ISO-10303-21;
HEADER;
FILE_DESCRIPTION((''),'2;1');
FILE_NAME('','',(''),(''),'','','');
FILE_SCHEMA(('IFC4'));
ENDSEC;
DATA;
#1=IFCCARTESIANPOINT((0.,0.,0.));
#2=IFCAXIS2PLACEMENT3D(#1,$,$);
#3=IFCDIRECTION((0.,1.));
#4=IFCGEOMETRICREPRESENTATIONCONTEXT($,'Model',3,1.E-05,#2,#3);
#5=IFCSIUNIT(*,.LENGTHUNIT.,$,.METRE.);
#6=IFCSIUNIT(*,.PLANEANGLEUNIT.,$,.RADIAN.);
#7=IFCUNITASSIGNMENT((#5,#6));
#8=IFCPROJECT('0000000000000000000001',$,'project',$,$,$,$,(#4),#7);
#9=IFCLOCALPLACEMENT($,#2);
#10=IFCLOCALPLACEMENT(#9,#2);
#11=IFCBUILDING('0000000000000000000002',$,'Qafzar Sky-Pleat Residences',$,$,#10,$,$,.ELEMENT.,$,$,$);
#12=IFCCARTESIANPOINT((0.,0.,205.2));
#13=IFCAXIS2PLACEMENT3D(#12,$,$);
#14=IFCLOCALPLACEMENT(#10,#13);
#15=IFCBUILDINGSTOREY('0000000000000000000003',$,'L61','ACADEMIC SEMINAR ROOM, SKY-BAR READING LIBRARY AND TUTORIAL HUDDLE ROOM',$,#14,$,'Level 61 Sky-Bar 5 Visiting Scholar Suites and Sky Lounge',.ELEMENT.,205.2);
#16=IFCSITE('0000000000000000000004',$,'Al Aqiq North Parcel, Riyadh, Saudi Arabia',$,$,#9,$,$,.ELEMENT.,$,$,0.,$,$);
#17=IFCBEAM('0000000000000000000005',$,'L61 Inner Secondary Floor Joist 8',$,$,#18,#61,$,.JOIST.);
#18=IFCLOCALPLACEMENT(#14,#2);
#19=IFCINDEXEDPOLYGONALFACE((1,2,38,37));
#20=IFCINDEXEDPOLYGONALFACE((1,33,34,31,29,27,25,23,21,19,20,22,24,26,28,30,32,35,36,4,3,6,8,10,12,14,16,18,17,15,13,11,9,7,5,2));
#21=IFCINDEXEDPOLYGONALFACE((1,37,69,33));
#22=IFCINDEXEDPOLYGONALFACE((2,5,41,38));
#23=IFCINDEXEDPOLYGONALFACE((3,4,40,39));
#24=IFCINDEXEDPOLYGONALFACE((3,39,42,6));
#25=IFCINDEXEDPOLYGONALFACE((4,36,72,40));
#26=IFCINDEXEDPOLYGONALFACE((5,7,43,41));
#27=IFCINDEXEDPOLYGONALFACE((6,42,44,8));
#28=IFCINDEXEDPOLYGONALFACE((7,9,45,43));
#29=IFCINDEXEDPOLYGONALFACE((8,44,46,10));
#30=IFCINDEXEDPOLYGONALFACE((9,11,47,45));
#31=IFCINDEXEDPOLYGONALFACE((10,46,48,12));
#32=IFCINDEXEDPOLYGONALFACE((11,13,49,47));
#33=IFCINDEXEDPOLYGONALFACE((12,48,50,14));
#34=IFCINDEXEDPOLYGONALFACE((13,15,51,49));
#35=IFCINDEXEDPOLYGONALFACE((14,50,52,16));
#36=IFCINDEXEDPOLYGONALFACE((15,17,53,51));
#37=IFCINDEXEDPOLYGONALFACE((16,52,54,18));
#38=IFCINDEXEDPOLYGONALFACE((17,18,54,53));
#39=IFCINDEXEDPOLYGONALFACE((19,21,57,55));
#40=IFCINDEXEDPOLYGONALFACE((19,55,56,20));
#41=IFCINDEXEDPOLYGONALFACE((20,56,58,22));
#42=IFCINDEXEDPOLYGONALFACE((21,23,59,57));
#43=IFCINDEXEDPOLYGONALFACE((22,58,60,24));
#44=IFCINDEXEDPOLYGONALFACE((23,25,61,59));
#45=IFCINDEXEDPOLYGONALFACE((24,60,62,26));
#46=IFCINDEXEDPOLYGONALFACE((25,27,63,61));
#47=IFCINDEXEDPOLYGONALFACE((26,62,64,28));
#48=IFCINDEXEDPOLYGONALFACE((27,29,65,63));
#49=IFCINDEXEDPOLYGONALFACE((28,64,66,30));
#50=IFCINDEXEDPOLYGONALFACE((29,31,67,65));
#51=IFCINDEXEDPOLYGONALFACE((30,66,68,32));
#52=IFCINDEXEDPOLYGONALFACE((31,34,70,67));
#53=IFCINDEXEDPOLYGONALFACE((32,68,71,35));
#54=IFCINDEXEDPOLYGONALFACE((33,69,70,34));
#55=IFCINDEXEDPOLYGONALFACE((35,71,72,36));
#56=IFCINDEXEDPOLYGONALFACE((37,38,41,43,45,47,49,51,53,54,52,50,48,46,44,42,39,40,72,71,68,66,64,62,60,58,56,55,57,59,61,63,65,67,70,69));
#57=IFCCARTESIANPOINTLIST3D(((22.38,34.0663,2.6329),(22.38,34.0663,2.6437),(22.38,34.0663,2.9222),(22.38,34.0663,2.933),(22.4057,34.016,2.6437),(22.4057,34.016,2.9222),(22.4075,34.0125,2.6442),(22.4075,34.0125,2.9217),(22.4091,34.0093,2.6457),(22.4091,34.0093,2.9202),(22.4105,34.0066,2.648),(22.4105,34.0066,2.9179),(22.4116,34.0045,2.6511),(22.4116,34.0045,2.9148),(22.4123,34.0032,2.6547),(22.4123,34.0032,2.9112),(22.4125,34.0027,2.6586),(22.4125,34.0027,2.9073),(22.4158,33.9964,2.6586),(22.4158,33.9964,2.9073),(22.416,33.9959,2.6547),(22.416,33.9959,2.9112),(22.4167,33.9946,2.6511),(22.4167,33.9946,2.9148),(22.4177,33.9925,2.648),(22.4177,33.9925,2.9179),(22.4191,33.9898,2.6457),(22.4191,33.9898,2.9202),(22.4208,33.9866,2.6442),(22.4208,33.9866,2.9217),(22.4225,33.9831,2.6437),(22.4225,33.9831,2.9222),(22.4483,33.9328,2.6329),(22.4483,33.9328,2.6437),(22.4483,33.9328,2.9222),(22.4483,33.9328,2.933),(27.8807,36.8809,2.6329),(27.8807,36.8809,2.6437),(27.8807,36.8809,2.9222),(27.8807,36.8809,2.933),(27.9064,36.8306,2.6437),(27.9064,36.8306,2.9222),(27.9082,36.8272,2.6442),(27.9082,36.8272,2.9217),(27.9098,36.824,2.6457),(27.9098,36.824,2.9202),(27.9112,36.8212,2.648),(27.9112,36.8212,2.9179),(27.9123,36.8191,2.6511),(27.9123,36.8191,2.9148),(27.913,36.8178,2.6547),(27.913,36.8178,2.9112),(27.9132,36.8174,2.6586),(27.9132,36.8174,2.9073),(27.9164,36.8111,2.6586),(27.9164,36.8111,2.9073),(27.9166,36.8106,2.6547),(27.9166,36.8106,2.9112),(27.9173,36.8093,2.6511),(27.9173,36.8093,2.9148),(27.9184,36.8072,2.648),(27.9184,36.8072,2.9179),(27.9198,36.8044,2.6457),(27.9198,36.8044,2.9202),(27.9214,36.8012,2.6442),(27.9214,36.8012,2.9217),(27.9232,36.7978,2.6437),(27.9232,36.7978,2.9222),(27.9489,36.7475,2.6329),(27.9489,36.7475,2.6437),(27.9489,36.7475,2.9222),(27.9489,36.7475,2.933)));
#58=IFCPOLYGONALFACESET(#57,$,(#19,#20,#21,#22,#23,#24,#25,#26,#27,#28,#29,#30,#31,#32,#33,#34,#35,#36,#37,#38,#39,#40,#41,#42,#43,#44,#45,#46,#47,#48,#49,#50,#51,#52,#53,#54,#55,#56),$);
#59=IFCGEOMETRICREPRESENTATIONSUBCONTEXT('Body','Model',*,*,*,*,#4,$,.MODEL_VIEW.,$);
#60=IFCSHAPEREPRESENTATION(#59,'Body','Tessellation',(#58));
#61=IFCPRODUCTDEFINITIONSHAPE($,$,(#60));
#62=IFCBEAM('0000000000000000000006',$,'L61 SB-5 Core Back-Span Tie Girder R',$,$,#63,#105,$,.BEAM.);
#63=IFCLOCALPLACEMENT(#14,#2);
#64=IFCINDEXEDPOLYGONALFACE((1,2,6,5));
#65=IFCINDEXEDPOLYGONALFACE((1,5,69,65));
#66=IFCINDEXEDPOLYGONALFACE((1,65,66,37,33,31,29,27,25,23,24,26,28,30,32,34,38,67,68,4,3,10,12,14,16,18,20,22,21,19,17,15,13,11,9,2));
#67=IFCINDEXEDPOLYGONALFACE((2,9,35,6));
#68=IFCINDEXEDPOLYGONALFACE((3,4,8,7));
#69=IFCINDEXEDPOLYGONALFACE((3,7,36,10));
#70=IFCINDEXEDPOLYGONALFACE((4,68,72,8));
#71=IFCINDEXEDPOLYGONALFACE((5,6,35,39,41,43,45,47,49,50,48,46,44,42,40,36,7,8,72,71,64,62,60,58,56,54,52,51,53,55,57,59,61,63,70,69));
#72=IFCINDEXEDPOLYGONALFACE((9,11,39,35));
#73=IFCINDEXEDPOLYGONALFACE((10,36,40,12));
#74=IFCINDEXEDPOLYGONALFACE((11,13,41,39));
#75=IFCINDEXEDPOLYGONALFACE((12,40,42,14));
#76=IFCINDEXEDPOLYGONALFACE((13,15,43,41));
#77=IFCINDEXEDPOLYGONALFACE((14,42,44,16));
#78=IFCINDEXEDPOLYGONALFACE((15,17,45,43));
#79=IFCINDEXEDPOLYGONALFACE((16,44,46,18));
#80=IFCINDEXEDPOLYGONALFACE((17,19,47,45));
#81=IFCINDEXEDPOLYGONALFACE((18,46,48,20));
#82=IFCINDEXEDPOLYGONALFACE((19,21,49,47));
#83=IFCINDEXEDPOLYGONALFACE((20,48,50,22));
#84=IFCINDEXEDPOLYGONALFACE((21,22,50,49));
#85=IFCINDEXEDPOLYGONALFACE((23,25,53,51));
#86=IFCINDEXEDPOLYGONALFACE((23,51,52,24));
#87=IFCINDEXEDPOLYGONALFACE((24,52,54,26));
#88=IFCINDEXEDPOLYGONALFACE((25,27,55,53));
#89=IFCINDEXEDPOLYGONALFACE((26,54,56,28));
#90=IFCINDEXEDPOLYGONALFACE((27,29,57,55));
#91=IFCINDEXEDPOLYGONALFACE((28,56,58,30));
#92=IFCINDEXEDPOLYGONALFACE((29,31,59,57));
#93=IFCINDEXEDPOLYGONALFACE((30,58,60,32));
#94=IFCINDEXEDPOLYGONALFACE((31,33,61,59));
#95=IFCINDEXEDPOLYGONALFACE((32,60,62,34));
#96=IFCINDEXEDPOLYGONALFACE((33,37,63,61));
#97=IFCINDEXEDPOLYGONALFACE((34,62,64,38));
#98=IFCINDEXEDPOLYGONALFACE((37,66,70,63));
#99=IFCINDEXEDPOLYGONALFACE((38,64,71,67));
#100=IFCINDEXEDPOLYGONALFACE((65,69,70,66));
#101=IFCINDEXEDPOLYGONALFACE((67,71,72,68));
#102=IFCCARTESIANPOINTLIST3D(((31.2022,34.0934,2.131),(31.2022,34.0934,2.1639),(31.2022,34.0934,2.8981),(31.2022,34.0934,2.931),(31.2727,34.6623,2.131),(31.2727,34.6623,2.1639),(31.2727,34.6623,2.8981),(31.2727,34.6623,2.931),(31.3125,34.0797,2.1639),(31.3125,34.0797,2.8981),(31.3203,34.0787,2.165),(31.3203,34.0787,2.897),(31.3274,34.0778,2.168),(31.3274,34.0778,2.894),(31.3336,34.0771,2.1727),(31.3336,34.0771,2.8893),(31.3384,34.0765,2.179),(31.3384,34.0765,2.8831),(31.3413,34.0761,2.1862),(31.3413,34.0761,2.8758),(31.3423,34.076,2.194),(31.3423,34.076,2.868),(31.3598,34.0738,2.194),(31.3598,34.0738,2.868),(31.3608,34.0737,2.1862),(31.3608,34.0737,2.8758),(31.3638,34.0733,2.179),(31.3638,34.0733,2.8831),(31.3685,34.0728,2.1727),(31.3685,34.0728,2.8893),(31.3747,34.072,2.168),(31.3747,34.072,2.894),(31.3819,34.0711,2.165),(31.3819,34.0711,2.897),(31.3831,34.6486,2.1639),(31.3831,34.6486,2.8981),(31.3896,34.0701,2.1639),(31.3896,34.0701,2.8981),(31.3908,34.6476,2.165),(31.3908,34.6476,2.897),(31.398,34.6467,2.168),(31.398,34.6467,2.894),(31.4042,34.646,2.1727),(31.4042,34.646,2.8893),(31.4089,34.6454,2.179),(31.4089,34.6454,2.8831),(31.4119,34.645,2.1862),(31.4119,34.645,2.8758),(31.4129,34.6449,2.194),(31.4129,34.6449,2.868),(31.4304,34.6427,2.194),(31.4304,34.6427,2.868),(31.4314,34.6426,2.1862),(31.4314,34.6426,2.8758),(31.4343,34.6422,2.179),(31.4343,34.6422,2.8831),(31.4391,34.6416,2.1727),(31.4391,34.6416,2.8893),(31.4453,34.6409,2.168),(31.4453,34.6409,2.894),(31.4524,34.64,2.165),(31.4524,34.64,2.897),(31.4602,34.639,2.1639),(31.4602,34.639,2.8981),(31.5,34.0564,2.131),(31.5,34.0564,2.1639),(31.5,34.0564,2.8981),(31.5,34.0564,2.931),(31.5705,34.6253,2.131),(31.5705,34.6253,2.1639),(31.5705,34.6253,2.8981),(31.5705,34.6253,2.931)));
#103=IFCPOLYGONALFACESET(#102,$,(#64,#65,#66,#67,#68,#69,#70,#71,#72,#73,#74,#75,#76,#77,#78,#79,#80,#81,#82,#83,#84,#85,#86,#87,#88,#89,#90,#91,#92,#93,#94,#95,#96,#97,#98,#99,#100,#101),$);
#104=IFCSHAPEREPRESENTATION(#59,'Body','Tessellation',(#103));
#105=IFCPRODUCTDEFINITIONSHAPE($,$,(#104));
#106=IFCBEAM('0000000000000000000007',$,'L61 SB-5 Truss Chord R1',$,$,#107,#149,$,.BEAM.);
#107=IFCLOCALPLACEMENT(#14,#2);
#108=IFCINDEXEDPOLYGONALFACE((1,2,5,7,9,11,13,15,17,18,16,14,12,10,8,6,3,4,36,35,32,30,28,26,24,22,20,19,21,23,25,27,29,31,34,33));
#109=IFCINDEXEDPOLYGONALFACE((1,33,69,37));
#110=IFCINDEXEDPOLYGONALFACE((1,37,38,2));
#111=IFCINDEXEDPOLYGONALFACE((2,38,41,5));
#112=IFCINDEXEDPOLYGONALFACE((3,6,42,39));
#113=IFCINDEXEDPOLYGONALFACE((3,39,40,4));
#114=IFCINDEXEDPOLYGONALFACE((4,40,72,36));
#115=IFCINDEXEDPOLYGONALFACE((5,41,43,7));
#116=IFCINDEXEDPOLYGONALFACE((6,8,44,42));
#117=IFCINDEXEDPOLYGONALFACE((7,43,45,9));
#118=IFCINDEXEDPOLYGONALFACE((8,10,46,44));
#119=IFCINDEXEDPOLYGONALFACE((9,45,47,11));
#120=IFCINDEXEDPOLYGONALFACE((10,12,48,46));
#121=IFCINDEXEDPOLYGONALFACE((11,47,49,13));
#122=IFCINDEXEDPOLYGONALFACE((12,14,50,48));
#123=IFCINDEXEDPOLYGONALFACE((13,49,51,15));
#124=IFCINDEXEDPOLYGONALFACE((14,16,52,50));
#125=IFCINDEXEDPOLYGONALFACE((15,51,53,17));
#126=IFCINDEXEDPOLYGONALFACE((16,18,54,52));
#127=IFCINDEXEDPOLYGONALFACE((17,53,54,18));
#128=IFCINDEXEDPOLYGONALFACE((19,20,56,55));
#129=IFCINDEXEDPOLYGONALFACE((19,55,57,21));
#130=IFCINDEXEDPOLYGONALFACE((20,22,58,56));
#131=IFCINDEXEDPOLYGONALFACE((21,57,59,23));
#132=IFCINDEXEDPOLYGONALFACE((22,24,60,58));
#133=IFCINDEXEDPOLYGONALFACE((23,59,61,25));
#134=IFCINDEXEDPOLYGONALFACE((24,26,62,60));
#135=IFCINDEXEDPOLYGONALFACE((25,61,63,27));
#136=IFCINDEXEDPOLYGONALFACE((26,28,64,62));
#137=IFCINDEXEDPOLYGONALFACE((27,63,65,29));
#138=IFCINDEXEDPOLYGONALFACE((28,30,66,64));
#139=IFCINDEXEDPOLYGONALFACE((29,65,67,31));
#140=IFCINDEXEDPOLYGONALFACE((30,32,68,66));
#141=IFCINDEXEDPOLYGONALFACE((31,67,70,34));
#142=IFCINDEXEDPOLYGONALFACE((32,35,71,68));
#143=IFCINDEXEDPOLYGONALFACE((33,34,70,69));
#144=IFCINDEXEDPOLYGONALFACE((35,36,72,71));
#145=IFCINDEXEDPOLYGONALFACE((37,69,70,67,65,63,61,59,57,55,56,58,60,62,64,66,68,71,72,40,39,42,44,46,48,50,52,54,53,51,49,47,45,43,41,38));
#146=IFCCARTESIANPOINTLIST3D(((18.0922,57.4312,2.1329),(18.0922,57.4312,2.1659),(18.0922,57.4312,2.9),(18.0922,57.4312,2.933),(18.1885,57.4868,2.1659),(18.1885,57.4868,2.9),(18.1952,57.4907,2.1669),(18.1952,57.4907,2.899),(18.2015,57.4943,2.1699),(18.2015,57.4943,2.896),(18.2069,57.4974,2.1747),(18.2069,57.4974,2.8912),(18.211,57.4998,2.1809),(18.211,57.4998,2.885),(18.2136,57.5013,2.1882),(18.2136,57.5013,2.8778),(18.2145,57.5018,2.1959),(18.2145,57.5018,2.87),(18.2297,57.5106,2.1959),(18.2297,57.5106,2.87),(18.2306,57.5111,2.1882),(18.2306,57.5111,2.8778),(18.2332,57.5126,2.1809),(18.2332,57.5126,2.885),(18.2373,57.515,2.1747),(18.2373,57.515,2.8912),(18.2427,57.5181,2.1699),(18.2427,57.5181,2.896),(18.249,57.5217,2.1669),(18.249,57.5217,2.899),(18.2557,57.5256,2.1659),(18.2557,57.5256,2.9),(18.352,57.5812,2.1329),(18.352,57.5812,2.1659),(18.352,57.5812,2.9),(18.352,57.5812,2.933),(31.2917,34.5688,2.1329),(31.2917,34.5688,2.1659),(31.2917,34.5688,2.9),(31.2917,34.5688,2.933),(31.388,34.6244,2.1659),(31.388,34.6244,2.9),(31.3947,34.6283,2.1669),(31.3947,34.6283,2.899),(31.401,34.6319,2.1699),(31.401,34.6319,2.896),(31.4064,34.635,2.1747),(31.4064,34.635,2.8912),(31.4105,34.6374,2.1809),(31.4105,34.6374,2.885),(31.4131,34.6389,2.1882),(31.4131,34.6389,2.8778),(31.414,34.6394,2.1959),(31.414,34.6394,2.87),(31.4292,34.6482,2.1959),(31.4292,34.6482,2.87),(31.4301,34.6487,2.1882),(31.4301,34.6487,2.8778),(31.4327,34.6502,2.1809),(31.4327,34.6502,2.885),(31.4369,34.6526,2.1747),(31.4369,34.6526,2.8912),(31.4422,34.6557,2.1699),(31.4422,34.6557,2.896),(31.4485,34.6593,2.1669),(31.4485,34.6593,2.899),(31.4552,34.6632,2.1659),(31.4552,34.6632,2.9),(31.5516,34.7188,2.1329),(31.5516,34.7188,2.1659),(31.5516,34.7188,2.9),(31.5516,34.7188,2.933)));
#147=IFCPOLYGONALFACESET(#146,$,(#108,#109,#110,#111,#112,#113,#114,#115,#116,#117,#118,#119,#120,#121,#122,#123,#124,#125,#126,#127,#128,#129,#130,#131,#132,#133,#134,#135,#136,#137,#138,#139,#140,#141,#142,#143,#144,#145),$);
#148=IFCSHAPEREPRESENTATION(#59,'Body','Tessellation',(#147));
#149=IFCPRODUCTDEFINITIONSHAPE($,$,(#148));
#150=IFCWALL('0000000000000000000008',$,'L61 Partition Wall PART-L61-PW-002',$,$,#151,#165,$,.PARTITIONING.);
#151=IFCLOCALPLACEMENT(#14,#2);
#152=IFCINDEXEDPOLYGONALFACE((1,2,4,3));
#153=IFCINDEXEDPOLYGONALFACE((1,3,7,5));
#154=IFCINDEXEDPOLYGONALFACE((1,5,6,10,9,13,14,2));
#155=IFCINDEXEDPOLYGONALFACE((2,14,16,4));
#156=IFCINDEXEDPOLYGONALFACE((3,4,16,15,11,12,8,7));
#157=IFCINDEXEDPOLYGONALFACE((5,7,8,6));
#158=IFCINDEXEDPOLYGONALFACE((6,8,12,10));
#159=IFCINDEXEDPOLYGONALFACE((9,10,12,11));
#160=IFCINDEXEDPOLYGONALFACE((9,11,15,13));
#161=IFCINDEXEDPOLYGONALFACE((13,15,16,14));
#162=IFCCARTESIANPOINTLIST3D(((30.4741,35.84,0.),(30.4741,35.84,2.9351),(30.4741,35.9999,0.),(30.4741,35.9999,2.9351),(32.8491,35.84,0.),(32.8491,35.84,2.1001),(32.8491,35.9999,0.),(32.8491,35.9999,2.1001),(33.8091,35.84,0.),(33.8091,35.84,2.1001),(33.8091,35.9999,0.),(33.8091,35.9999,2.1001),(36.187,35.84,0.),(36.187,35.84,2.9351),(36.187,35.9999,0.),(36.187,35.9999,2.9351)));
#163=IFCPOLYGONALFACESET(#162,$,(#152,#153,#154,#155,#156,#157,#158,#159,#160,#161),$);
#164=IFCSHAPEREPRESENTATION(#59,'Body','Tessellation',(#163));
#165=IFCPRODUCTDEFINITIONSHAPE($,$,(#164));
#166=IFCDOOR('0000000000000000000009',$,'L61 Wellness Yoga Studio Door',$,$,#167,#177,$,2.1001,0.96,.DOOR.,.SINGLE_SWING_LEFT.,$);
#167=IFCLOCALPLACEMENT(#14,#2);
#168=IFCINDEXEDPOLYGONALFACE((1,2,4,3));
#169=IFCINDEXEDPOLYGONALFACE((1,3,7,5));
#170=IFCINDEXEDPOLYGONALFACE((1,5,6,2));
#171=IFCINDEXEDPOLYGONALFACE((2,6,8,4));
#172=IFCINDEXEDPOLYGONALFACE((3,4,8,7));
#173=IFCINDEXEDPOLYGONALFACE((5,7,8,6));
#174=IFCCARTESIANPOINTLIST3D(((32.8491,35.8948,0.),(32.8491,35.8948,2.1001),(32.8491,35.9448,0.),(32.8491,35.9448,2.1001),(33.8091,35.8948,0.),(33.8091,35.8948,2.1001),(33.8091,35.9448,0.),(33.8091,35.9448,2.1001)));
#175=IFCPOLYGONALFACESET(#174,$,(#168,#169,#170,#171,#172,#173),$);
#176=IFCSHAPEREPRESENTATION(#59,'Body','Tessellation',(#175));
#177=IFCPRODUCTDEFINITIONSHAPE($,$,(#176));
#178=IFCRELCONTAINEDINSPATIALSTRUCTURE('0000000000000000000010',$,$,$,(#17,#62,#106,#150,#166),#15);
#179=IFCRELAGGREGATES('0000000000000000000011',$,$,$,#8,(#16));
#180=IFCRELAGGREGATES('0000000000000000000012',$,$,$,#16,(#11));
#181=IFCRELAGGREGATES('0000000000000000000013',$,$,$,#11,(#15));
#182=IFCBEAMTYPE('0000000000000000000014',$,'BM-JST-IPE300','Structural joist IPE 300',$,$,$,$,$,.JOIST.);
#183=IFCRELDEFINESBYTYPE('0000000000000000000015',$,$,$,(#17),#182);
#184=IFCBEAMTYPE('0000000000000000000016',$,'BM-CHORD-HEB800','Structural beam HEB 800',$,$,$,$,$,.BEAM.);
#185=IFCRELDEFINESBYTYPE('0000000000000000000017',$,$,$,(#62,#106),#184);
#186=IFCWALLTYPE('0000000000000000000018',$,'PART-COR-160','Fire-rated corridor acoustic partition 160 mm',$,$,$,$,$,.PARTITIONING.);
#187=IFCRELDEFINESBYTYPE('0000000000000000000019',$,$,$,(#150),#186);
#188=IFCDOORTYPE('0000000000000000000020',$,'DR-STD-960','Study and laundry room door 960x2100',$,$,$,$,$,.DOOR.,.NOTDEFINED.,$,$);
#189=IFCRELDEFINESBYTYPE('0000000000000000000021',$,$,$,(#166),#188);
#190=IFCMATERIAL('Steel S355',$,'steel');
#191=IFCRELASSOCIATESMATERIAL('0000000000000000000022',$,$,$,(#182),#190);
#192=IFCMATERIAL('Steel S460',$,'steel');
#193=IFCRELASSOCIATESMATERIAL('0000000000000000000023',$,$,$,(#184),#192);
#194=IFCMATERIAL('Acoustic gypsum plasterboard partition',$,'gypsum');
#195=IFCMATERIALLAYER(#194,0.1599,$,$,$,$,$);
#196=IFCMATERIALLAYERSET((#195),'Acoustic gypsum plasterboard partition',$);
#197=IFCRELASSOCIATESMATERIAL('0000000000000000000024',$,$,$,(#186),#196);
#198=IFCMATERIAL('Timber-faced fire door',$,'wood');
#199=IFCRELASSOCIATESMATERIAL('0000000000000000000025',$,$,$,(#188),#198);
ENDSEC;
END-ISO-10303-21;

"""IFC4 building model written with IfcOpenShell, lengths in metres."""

from ifc_helpers import new_model, si_unit, direction, frame, frame_2d, origin, origin_2d, place, context, subcontext, project, spatial, rectangle, i_section, extrude, source, transform, mapped, material, layer, layer_set, material_profile, profile_set, type_object, element, fill, save


model = new_model("IFC4")

# Units and contexts
model_context = context("Model", 3, precision=1e-05, world=origin(), true_north=direction((0.0, 1.0)))
body_context = subcontext(model_context, "Body", "Model", "MODEL_VIEW")
ifc_project = project(units=[si_unit("LENGTHUNIT", "METRE"), si_unit("PLANEANGLEUNIT", "RADIAN")], contexts=[model_context])

# Site, building, storey
site_placement = place(None, origin())
site = spatial("IfcSite", under=ifc_project, at=site_placement, Name="Al Aqiq North Parcel, Riyadh, Saudi Arabia", CompositionType="ELEMENT", RefElevation=0.0)
building_placement = place(site_placement, origin())
building = spatial("IfcBuilding", under=site, at=building_placement, Name="Qafzar Sky-Pleat Residences", CompositionType="ELEMENT")
storey_placement = place(building_placement, frame((0.0, 0.0, 205.2)))
storey = spatial("IfcBuildingStorey", under=building, at=storey_placement, Name="L61", Description="ACADEMIC SEMINAR ROOM, SKY-BAR READING LIBRARY AND TUTORIAL HUDDLE ROOM", LongName="Level 61 Sky-Bar 5 Visiting Scholar Suites and Sky Lounge", CompositionType="ELEMENT", Elevation=205.2)

# Beams
ifc_material_1 = material(Name="Steel S355", Category="steel")
ifc_material_profile_1 = material_profile(ifc_material_1, i_section(OverallWidth=0.1499, OverallDepth=0.3, WebThickness=0.0071, FlangeThickness=0.0107, FilletRadius=0.0149, at=origin_2d()), Name="IPE 300")
ifc_profile_set_1 = profile_set([ifc_material_profile_1], Name="Steel S355")
beam_type_1 = type_object("IfcBeamType", Name="BM-JST-IPE300", Description="Structural joist IPE 300", PredefinedType="JOIST", material=ifc_profile_set_1)
shared_shape_1 = source(origin(), body_context, "Body", "SweptSolid", [
    extrude(i_section(OverallWidth=0.1499, OverallDepth=0.3, WebThickness=0.0071, FlangeThickness=0.0107, FilletRadius=0.0149, at=origin_2d()), origin(), (0.0, 0.0, 1.0), 6.179),
])
beam_1_placement = place(storey_placement, frame((27.9148, 36.8142, 2.783), z_axis=(-0.890224, -0.455523, 0.0), x_axis=(0.455523, -0.890224, 0.0)))
element("IfcBeam", 1, at=beam_1_placement, inside=storey, type_object=beam_type_1, Name="L61 Inner Secondary Floor Joist 8", PredefinedType="JOIST", context=body_context, shape_type="MappedRepresentation", body=[
    mapped(shared_shape_1, transform((0.0, 0.0, 0.0), x_axis=(1.0, 0.0, 0.0), y_axis=(0.0, 1.0, 0.0), z_axis=(0.0, 0.0, 1.0), scale=1.0)),
])
ifc_material_2 = material(Name="Steel S460", Category="steel")
ifc_material_profile_2 = material_profile(ifc_material_2, i_section(OverallWidth=0.3, OverallDepth=0.8, WebThickness=0.0176, FlangeThickness=0.033, FilletRadius=0.03, at=origin_2d()), Name="HEB 800")
ifc_profile_set_2 = profile_set([ifc_material_profile_2], Name="Steel S460")
beam_type_2 = type_object("IfcBeamType", Name="BM-CHORD-HEB800", Description="Structural beam HEB 800", PredefinedType="BEAM", material=ifc_profile_set_2)
shared_shape_2 = source(origin(), body_context, "Body", "SweptSolid", [
    extrude(i_section(OverallWidth=0.3, OverallDepth=0.8, WebThickness=0.0176, FlangeThickness=0.033, FilletRadius=0.03, at=origin_2d()), origin(), (0.0, 0.0, 1.0), 0.5732),
])
beam_2_placement = place(storey_placement, frame((31.4216, 34.6438, 2.531), z_axis=(-0.123091, -0.992395, 0.0), x_axis=(0.992395, -0.123091, 0.0)))
element("IfcBeam", 2, at=beam_2_placement, inside=storey, type_object=beam_type_2, Name="L61 SB-5 Core Back-Span Tie Girder R", PredefinedType="BEAM", context=body_context, shape_type="MappedRepresentation", body=[
    mapped(shared_shape_2, transform((0.0, 0.0, 0.0), x_axis=(1.0, 0.0, 0.0), y_axis=(0.0, 1.0, 0.0), z_axis=(0.0, 0.0, 1.0), scale=1.0)),
])
shared_shape_3 = source(origin(), body_context, "Body", "SweptSolid", [
    extrude(i_section(OverallWidth=0.3, OverallDepth=0.8, WebThickness=0.0176, FlangeThickness=0.033, FilletRadius=0.03, at=origin_2d()), origin(), (0.0, 0.0, 1.0), 26.3992),
])
beam_3_placement = place(storey_placement, frame((31.4216, 34.6438, 2.533), z_axis=(-0.499997, 0.866027, 0.0), x_axis=(-0.866027, -0.499997, 0.0)))
element("IfcBeam", 3, at=beam_3_placement, inside=storey, type_object=beam_type_2, Name="L61 SB-5 Truss Chord R1", PredefinedType="BEAM", context=body_context, shape_type="MappedRepresentation", body=[
    mapped(shared_shape_3, transform((0.0, 0.0, 0.0), x_axis=(1.0, 0.0, 0.0), y_axis=(0.0, 1.0, 0.0), z_axis=(0.0, 0.0, 1.0), scale=1.0)),
])

# Wall, opening, door
ifc_material_3 = material(Name="Acoustic gypsum plasterboard partition", Category="gypsum")
ifc_layer_1 = layer(ifc_material_3, 0.1599)
ifc_layer_set_1 = layer_set([ifc_layer_1], Name="Acoustic gypsum plasterboard partition")
wall_type_1 = type_object("IfcWallType", Name="PART-COR-160", Description="Fire-rated corridor acoustic partition 160 mm", PredefinedType="PARTITIONING", material=ifc_layer_set_1)
wall_1_placement = place(storey_placement, frame((30.4741, 35.9199, 0.0), z_axis=(0.0, 0.0, 1.0), x_axis=(1.0, 0.0, 0.0)))
wall_1 = element("IfcWall", 4, at=wall_1_placement, inside=storey, type_object=wall_type_1, Name="L61 Partition Wall PART-L61-PW-002", PredefinedType="PARTITIONING", context=body_context, shape_type="SweptSolid", body=[
    extrude(rectangle(XDim=5.7129, YDim=0.1599, at=frame_2d((2.8564, 0.0))), origin(), (0.0, 0.0, 1.0), 2.9351),
])
opening_1_placement = place(wall_1_placement, frame((2.375, 0.0, 0.0)))
opening_1 = element("IfcOpeningElement", 5, at=opening_1_placement, cuts=wall_1, PredefinedType="OPENING", context=body_context, shape_type="SweptSolid", body=[
    extrude(rectangle(XDim=0.96, YDim=2.1001, at=frame_2d((0.48, 1.05))), frame((0.0, 0.0898, 0.0), z_axis=(0.0, -1.0, 0.0), x_axis=(1.0, 0.0, 0.0)), (0.0, 0.0, 1.0), 0.1799),
])
ifc_material_4 = material(Name="Timber-faced fire door", Category="wood")
door_type_1 = type_object("IfcDoorType", Name="DR-STD-960", Description="Study and laundry room door 960x2100", OperationType="NOTDEFINED", PredefinedType="DOOR", material=ifc_material_4)
shared_shape_4 = source(origin(), body_context, "Body", "SweptSolid", [
    extrude(rectangle(XDim=0.96, YDim=2.1001, at=frame_2d((0.48, 1.05))), frame((0.0, 0.0249, 0.0), z_axis=(0.0, -1.0, 0.0), x_axis=(1.0, 0.0, 0.0)), (0.0, 0.0, 1.0), 0.05),
])
door_1_placement = place(opening_1_placement, origin())
door_1 = element("IfcDoor", 6, at=door_1_placement, inside=storey, type_object=door_type_1, Name="L61 Wellness Yoga Studio Door", OperationType="SINGLE_SWING_LEFT", OverallHeight=2.1001, OverallWidth=0.96, PredefinedType="DOOR", context=body_context, shape_type="MappedRepresentation", body=[
    mapped(shared_shape_4, transform((0.0, 0.0, 0.0), x_axis=(1.0, 0.0, 0.0), y_axis=(0.0, 1.0, 0.0), z_axis=(0.0, 0.0, 1.0), scale=1.0)),
])
fill(opening_1, door_1)

save(model, "model.ifc")
